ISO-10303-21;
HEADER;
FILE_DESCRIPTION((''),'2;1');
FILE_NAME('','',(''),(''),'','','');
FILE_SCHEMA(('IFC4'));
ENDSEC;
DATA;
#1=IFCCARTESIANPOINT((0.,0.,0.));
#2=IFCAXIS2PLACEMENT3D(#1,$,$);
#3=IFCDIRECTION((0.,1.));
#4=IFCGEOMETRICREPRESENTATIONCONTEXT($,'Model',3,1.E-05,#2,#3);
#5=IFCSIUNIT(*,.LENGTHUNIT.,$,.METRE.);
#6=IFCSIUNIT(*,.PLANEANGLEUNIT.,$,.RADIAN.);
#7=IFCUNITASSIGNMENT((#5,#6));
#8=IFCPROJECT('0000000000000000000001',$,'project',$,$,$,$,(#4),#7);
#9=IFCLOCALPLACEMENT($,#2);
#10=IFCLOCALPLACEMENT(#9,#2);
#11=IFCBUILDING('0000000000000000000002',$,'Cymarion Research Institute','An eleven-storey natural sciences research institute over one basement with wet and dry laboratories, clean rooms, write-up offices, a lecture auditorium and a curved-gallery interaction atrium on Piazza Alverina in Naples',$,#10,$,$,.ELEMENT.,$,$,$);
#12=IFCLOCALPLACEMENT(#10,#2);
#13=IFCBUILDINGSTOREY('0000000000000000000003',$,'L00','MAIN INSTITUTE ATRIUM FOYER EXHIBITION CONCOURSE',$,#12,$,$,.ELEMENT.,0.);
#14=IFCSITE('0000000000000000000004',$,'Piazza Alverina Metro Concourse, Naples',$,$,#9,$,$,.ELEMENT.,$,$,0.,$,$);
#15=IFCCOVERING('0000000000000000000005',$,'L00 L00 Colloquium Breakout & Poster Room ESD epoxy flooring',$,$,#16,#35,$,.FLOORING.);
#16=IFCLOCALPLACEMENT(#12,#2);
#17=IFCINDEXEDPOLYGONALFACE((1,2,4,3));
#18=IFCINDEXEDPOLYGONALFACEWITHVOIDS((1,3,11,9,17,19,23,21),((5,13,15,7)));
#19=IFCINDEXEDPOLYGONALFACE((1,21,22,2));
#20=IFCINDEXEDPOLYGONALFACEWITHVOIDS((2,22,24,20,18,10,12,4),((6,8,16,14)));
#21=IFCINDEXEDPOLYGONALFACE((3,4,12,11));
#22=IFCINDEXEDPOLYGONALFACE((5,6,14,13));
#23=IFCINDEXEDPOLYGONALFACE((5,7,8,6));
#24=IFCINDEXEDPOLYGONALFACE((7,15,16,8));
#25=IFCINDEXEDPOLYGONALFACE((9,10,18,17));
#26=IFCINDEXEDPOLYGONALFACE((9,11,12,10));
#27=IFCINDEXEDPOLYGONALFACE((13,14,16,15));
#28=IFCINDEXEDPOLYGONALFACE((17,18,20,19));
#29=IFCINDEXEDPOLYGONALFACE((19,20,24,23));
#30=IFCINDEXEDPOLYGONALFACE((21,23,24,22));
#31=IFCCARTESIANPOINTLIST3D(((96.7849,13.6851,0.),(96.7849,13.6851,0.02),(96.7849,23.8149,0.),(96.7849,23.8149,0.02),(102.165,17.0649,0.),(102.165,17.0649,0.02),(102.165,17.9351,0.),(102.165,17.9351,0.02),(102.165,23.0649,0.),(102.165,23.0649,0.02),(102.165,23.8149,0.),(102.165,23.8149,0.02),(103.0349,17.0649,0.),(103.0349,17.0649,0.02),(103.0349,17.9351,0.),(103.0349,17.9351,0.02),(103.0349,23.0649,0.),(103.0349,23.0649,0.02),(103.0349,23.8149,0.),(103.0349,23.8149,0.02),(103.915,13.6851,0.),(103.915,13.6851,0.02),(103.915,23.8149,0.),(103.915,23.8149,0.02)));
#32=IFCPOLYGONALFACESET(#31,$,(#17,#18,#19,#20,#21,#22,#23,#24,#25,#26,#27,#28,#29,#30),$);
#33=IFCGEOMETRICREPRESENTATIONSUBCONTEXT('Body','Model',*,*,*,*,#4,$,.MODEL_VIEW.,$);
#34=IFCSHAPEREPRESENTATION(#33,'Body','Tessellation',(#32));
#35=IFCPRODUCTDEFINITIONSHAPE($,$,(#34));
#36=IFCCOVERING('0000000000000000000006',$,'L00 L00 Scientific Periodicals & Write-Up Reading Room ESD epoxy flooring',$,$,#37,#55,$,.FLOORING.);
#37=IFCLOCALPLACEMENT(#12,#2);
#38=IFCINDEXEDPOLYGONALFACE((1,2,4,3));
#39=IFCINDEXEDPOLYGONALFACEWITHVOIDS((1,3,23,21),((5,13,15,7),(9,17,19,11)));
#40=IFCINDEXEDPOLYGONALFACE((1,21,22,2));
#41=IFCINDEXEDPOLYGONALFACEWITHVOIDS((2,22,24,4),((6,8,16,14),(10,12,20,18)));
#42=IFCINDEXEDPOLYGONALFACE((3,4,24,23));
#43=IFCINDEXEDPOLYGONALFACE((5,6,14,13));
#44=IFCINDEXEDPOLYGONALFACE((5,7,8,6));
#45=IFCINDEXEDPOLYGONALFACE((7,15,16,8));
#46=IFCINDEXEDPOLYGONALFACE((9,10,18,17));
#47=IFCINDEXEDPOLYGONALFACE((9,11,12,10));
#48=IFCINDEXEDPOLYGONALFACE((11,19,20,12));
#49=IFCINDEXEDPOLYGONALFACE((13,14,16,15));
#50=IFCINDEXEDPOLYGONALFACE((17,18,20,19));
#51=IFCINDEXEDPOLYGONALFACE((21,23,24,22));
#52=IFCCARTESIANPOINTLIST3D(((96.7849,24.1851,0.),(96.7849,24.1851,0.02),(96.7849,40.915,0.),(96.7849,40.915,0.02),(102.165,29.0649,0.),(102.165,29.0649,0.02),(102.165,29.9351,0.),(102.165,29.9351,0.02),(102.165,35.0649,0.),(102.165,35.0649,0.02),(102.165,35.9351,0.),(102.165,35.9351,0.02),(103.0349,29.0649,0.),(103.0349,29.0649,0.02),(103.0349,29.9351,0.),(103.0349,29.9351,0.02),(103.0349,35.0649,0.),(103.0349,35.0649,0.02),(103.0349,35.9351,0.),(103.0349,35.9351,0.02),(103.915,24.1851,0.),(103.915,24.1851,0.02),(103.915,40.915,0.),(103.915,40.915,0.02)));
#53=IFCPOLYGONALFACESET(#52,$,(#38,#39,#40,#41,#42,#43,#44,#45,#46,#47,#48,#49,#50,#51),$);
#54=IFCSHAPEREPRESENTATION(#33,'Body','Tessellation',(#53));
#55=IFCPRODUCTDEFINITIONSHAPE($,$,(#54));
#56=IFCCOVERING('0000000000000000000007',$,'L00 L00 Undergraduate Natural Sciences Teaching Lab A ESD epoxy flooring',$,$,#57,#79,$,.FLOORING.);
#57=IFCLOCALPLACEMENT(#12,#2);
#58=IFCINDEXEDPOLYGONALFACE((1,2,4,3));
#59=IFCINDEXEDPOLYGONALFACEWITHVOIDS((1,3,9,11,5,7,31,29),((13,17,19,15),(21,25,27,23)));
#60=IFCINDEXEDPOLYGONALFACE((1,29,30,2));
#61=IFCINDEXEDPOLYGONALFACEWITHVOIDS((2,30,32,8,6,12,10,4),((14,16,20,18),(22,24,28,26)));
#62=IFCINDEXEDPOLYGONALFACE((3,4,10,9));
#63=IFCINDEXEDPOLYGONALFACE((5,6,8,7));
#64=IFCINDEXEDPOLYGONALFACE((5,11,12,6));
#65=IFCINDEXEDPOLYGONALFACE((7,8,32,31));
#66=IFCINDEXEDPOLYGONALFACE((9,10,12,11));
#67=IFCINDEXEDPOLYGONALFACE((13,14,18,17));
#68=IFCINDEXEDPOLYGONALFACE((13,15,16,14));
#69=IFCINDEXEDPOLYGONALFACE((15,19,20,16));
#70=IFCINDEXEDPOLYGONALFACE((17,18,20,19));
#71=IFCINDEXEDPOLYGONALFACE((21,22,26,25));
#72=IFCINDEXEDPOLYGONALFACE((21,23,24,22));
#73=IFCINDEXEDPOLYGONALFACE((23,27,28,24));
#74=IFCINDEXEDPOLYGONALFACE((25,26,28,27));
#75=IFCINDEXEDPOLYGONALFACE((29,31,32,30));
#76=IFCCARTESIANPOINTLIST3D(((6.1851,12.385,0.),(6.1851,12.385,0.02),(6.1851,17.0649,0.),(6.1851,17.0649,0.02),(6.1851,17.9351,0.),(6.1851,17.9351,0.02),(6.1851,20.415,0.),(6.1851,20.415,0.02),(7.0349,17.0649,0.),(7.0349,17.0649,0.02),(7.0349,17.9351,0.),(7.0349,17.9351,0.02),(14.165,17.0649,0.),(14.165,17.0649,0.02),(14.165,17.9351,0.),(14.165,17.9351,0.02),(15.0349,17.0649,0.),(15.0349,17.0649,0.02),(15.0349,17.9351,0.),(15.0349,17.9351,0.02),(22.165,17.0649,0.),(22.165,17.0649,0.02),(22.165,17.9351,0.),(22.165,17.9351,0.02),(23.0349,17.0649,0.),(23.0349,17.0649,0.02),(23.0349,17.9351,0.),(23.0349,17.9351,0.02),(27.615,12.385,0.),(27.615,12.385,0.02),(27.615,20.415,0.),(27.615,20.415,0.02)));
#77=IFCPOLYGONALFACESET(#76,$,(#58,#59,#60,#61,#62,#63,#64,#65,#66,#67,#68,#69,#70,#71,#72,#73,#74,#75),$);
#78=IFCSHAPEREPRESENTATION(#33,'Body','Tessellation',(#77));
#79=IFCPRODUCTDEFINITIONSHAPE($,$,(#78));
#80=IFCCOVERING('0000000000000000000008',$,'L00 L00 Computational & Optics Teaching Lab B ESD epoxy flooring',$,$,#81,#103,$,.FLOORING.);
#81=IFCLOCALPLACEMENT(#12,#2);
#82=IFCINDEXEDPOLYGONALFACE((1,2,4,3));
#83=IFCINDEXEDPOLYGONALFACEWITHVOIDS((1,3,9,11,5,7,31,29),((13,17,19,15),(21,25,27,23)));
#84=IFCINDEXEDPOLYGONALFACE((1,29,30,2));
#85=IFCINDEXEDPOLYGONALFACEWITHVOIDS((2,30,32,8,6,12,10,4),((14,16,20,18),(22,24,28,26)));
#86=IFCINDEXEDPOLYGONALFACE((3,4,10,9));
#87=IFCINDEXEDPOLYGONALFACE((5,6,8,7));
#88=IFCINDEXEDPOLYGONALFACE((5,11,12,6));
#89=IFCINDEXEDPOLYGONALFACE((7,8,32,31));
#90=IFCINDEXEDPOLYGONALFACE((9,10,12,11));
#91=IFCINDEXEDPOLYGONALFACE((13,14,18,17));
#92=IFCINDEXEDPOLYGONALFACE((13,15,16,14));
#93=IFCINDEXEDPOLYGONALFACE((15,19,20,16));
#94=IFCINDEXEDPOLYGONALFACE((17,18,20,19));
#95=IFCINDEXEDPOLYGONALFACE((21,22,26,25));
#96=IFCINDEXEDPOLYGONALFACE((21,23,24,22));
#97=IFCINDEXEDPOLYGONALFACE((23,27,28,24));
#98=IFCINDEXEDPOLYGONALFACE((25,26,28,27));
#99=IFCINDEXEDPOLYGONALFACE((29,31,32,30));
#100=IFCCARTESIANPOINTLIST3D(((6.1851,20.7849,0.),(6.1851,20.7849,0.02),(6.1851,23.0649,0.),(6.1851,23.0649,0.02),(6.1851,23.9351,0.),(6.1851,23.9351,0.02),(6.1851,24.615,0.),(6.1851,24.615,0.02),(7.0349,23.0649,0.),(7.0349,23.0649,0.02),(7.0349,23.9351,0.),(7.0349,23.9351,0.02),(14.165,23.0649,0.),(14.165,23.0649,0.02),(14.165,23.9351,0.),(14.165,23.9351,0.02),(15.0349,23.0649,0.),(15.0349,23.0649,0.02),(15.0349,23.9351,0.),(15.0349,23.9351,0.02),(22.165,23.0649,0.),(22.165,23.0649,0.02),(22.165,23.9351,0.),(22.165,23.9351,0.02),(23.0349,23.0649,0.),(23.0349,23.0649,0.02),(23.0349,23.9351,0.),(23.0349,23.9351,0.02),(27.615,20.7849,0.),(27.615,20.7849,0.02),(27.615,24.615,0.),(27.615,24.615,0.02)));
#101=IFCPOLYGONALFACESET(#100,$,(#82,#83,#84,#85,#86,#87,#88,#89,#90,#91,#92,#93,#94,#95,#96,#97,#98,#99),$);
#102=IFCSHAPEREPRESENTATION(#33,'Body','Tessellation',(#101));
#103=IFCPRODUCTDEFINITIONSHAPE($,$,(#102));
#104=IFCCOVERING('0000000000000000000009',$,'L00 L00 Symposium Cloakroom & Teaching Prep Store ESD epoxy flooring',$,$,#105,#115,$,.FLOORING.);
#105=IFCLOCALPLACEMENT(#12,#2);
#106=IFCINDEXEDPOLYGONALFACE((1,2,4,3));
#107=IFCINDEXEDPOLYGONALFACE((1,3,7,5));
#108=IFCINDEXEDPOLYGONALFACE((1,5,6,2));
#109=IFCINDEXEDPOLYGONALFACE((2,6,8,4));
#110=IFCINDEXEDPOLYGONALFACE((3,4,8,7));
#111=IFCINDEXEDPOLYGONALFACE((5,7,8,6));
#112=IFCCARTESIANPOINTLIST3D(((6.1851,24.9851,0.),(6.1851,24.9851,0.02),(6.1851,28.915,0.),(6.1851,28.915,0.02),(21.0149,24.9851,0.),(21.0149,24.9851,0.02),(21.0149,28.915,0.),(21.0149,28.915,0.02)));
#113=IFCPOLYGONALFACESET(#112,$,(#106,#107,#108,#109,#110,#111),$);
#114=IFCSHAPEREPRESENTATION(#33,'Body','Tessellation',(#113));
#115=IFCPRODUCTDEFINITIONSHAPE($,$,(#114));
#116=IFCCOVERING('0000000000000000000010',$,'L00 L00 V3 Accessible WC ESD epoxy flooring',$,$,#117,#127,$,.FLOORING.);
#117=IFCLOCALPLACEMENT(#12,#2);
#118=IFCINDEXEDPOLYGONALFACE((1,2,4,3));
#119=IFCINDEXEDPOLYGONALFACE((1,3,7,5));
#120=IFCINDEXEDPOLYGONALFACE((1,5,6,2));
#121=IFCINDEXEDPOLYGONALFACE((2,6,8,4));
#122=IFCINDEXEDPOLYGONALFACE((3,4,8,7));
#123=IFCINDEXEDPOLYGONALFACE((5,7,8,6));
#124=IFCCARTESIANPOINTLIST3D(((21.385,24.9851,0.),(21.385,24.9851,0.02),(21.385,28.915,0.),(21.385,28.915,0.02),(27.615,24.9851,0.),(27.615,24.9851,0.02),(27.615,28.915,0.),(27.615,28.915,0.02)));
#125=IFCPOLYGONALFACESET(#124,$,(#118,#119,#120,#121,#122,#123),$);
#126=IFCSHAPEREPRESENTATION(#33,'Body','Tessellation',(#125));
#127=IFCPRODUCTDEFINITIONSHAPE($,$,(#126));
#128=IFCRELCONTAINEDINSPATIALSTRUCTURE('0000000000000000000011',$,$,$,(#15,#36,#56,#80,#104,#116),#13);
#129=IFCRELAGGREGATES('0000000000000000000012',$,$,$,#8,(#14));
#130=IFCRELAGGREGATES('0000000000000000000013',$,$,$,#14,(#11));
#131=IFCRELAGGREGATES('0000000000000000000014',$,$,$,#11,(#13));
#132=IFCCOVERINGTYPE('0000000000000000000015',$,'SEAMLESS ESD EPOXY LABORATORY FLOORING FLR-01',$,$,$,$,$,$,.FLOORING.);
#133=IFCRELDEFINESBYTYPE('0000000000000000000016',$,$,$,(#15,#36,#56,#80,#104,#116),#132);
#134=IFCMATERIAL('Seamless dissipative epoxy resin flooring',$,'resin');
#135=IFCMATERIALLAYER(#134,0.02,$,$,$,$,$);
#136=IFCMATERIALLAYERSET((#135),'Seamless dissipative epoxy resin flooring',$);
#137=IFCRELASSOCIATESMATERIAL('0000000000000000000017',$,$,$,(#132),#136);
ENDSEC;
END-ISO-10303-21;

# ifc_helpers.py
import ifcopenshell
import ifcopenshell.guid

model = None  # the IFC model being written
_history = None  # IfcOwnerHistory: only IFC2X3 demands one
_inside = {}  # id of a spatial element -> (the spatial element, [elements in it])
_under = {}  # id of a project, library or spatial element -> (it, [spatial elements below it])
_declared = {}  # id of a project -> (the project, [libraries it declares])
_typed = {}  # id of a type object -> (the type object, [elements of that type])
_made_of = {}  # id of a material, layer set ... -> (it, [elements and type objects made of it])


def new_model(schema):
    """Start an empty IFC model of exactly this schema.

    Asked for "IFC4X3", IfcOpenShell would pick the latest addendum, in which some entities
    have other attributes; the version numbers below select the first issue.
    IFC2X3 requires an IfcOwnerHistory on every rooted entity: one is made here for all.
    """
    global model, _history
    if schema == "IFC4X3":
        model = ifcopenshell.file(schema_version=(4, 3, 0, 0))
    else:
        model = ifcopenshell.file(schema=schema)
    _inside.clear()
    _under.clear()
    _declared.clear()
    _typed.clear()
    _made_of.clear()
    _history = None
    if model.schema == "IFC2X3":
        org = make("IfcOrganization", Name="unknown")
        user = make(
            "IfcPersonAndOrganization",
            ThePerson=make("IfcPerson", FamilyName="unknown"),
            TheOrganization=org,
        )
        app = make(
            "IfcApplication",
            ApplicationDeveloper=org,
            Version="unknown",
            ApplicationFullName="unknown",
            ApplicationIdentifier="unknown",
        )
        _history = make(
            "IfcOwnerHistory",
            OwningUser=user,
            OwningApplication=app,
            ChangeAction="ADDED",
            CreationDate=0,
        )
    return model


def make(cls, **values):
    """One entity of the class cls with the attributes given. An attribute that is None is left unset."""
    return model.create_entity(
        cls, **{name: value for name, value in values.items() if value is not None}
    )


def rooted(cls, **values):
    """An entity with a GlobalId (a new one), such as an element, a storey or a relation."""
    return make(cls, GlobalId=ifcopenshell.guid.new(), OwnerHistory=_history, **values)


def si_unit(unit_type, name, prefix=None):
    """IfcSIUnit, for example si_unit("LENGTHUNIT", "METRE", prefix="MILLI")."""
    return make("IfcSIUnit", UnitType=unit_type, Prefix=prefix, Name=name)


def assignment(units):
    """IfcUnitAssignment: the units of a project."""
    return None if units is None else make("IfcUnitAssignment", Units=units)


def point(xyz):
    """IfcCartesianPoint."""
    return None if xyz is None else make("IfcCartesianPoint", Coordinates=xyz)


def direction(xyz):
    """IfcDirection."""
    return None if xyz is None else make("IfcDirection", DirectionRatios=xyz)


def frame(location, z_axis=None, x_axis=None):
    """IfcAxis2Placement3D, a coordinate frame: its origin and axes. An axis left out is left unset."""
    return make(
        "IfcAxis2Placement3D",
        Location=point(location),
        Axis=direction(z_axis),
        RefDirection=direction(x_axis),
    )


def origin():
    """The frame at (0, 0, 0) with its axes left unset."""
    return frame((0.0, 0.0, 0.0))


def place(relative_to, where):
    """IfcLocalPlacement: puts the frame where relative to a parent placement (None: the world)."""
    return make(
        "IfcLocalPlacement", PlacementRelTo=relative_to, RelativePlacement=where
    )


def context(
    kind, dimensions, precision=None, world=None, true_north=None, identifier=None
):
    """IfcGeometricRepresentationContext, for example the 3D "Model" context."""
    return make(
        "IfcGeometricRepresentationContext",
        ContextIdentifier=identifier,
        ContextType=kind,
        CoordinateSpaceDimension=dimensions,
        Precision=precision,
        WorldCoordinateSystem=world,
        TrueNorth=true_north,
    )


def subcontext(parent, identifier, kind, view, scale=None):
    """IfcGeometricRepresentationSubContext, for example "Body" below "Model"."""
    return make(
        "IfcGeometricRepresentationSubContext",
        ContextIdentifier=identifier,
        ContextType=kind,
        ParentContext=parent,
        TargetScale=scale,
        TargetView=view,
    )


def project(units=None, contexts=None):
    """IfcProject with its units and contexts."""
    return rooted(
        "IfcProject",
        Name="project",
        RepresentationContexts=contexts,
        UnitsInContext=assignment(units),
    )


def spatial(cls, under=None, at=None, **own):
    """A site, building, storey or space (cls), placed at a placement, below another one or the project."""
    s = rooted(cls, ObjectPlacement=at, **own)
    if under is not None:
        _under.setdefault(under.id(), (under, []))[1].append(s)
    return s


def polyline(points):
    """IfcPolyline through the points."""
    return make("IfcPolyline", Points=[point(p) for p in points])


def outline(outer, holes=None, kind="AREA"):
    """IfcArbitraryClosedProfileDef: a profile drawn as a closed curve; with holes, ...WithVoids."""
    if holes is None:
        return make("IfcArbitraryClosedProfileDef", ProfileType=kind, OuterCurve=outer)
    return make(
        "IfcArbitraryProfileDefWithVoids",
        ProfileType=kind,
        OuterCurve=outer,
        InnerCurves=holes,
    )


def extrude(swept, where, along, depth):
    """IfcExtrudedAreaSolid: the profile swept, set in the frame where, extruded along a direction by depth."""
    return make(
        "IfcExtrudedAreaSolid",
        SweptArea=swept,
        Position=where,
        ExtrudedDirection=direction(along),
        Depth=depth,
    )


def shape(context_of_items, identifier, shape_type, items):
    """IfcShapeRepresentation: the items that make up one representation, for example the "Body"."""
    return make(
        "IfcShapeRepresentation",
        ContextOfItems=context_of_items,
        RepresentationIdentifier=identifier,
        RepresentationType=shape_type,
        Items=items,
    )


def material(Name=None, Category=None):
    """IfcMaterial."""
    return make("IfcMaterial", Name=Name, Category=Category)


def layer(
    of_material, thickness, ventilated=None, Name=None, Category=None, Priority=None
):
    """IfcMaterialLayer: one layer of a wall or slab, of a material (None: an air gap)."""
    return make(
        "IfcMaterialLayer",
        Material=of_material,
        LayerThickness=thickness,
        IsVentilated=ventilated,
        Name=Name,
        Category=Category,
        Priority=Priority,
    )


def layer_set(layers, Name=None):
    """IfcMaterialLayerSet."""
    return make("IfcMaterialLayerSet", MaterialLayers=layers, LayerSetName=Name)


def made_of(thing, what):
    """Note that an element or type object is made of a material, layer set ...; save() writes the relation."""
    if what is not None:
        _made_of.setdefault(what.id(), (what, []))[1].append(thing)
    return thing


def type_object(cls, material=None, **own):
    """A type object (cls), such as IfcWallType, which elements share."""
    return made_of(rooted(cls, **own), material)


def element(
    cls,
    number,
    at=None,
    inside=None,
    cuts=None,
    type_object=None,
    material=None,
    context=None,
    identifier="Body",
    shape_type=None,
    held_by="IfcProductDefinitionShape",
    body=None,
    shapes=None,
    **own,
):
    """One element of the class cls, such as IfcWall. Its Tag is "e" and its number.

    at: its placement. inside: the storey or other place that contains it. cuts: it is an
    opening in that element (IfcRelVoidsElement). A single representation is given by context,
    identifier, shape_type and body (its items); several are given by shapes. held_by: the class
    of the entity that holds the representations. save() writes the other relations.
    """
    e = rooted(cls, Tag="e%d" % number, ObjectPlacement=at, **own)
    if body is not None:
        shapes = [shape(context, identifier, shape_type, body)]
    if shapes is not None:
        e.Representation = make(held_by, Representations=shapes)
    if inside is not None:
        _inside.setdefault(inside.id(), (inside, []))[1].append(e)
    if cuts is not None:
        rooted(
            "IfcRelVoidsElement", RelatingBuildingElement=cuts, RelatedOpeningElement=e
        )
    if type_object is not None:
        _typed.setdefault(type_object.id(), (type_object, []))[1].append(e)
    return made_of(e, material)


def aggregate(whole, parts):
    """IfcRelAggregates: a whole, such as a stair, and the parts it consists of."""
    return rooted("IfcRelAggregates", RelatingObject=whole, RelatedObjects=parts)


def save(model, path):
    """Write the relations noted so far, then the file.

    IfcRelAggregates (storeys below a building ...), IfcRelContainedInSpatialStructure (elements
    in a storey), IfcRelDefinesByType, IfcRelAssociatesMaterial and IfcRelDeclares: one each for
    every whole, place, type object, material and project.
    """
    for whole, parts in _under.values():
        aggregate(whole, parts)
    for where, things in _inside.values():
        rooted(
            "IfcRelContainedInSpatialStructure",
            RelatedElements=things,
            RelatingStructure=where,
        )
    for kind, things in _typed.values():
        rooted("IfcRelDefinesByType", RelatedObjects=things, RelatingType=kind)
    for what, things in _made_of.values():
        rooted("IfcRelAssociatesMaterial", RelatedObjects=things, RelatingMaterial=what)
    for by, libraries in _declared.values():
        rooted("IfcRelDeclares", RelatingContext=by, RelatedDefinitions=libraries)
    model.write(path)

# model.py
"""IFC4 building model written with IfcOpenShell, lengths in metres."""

from ifc_helpers import new_model, si_unit, direction, origin, place, context, subcontext, project, spatial, polyline, outline, extrude, material, layer, layer_set, type_object, element, save


model = new_model("IFC4")

# Units and contexts
model_context = context("Model", 3, precision=1e-05, world=origin(), true_north=direction((0.0, 1.0)))
body_context = subcontext(model_context, "Body", "Model", "MODEL_VIEW")
ifc_project = project(units=[si_unit("LENGTHUNIT", "METRE"), si_unit("PLANEANGLEUNIT", "RADIAN")], contexts=[model_context])

# Site, building, storey
site_placement = place(None, origin())
site = spatial("IfcSite", under=ifc_project, at=site_placement, Name="Piazza Alverina Metro Concourse, Naples", CompositionType="ELEMENT", RefElevation=0.0)
building_placement = place(site_placement, origin())
building = spatial("IfcBuilding", under=site, at=building_placement, Name="Cymarion Research Institute", Description="An eleven-storey natural sciences research institute over one basement with wet and dry laboratories, clean rooms, write-up offices, a lecture auditorium and a curved-gallery interaction atrium on Piazza Alverina in Naples", CompositionType="ELEMENT")
storey_placement = place(building_placement, origin())
storey = spatial("IfcBuildingStorey", under=building, at=storey_placement, Name="L00", Description="MAIN INSTITUTE ATRIUM FOYER EXHIBITION CONCOURSE", CompositionType="ELEMENT", Elevation=0.0)

# Coverings
ifc_material_1 = material(Name="Seamless dissipative epoxy resin flooring", Category="resin")
ifc_layer_1 = layer(ifc_material_1, 0.02)
ifc_layer_set_1 = layer_set([ifc_layer_1], Name="Seamless dissipative epoxy resin flooring")
covering_type = type_object("IfcCoveringType", Name="SEAMLESS ESD EPOXY LABORATORY FLOORING FLR-01", PredefinedType="FLOORING", material=ifc_layer_set_1)
covering_1_placement = place(storey_placement, origin())
element("IfcCovering", 1, at=covering_1_placement, inside=storey, type_object=covering_type, Name="L00 L00 Colloquium Breakout & Poster Room ESD epoxy flooring", PredefinedType="FLOORING", context=body_context, shape_type="SweptSolid", body=[
    extrude(outline(polyline([(96.7849, 13.6851), (96.7849, 23.8149), (102.165, 23.8149), (102.165, 23.0649), (103.0349, 23.0649), (103.0349, 23.8149), (103.915, 23.8149), (103.915, 13.6851), (96.7849, 13.6851)]), holes=[polyline([(103.0349, 17.9351), (102.165, 17.9351), (102.165, 17.0649), (103.0349, 17.0649), (103.0349, 17.9351)])]), origin(), (0.0, 0.0, 1.0), 0.02),
])
covering_2_placement = place(storey_placement, origin())
element("IfcCovering", 2, at=covering_2_placement, inside=storey, type_object=covering_type, Name="L00 L00 Scientific Periodicals & Write-Up Reading Room ESD epoxy flooring", PredefinedType="FLOORING", context=body_context, shape_type="SweptSolid", body=[
    extrude(outline(polyline([(96.7849, 24.1851), (96.7849, 40.915), (103.915, 40.915), (103.915, 24.1851), (96.7849, 24.1851)]), holes=[polyline([(103.0349, 29.9351), (102.165, 29.9351), (102.165, 29.0649), (103.0349, 29.0649), (103.0349, 29.9351)]), polyline([(103.0349, 35.9351), (102.165, 35.9351), (102.165, 35.0649), (103.0349, 35.0649), (103.0349, 35.9351)])]), origin(), (0.0, 0.0, 1.0), 0.02),
])
covering_3_placement = place(storey_placement, origin())
element("IfcCovering", 3, at=covering_3_placement, inside=storey, type_object=covering_type, Name="L00 L00 Undergraduate Natural Sciences Teaching Lab A ESD epoxy flooring", PredefinedType="FLOORING", context=body_context, shape_type="SweptSolid", body=[
    extrude(outline(polyline([(6.1851, 17.0649), (7.0349, 17.0649), (7.0349, 17.9351), (6.1851, 17.9351), (6.1851, 20.415), (27.615, 20.415), (27.615, 12.385), (6.1851, 12.385), (6.1851, 17.0649)]), holes=[polyline([(23.0349, 17.9351), (22.165, 17.9351), (22.165, 17.0649), (23.0349, 17.0649), (23.0349, 17.9351)]), polyline([(15.0349, 17.9351), (14.165, 17.9351), (14.165, 17.0649), (15.0349, 17.0649), (15.0349, 17.9351)])]), origin(), (0.0, 0.0, 1.0), 0.02),
])
covering_4_placement = place(storey_placement, origin())
element("IfcCovering", 4, at=covering_4_placement, inside=storey, type_object=covering_type, Name="L00 L00 Computational & Optics Teaching Lab B ESD epoxy flooring", PredefinedType="FLOORING", context=body_context, shape_type="SweptSolid", body=[
    extrude(outline(polyline([(6.1851, 23.0649), (7.0349, 23.0649), (7.0349, 23.9351), (6.1851, 23.9351), (6.1851, 24.615), (27.615, 24.615), (27.615, 20.7849), (6.1851, 20.7849), (6.1851, 23.0649)]), holes=[polyline([(23.0349, 23.9351), (22.165, 23.9351), (22.165, 23.0649), (23.0349, 23.0649), (23.0349, 23.9351)]), polyline([(15.0349, 23.9351), (14.165, 23.9351), (14.165, 23.0649), (15.0349, 23.0649), (15.0349, 23.9351)])]), origin(), (0.0, 0.0, 1.0), 0.02),
])
covering_5_placement = place(storey_placement, origin())
element("IfcCovering", 5, at=covering_5_placement, inside=storey, type_object=covering_type, Name="L00 L00 Symposium Cloakroom & Teaching Prep Store ESD epoxy flooring", PredefinedType="FLOORING", context=body_context, shape_type="SweptSolid", body=[
    extrude(outline(polyline([(6.1851, 28.915), (21.0149, 28.915), (21.0149, 24.9851), (6.1851, 24.9851), (6.1851, 28.915)])), origin(), (0.0, 0.0, 1.0), 0.02),
])
covering_6_placement = place(storey_placement, origin())
element("IfcCovering", 6, at=covering_6_placement, inside=storey, type_object=covering_type, Name="L00 L00 V3 Accessible WC ESD epoxy flooring", PredefinedType="FLOORING", context=body_context, shape_type="SweptSolid", body=[
    extrude(outline(polyline([(21.385, 28.915), (27.615, 28.915), (27.615, 24.9851), (21.385, 24.9851), (21.385, 28.915)])), origin(), (0.0, 0.0, 1.0), 0.02),
])

save(model, "model.ifc")
